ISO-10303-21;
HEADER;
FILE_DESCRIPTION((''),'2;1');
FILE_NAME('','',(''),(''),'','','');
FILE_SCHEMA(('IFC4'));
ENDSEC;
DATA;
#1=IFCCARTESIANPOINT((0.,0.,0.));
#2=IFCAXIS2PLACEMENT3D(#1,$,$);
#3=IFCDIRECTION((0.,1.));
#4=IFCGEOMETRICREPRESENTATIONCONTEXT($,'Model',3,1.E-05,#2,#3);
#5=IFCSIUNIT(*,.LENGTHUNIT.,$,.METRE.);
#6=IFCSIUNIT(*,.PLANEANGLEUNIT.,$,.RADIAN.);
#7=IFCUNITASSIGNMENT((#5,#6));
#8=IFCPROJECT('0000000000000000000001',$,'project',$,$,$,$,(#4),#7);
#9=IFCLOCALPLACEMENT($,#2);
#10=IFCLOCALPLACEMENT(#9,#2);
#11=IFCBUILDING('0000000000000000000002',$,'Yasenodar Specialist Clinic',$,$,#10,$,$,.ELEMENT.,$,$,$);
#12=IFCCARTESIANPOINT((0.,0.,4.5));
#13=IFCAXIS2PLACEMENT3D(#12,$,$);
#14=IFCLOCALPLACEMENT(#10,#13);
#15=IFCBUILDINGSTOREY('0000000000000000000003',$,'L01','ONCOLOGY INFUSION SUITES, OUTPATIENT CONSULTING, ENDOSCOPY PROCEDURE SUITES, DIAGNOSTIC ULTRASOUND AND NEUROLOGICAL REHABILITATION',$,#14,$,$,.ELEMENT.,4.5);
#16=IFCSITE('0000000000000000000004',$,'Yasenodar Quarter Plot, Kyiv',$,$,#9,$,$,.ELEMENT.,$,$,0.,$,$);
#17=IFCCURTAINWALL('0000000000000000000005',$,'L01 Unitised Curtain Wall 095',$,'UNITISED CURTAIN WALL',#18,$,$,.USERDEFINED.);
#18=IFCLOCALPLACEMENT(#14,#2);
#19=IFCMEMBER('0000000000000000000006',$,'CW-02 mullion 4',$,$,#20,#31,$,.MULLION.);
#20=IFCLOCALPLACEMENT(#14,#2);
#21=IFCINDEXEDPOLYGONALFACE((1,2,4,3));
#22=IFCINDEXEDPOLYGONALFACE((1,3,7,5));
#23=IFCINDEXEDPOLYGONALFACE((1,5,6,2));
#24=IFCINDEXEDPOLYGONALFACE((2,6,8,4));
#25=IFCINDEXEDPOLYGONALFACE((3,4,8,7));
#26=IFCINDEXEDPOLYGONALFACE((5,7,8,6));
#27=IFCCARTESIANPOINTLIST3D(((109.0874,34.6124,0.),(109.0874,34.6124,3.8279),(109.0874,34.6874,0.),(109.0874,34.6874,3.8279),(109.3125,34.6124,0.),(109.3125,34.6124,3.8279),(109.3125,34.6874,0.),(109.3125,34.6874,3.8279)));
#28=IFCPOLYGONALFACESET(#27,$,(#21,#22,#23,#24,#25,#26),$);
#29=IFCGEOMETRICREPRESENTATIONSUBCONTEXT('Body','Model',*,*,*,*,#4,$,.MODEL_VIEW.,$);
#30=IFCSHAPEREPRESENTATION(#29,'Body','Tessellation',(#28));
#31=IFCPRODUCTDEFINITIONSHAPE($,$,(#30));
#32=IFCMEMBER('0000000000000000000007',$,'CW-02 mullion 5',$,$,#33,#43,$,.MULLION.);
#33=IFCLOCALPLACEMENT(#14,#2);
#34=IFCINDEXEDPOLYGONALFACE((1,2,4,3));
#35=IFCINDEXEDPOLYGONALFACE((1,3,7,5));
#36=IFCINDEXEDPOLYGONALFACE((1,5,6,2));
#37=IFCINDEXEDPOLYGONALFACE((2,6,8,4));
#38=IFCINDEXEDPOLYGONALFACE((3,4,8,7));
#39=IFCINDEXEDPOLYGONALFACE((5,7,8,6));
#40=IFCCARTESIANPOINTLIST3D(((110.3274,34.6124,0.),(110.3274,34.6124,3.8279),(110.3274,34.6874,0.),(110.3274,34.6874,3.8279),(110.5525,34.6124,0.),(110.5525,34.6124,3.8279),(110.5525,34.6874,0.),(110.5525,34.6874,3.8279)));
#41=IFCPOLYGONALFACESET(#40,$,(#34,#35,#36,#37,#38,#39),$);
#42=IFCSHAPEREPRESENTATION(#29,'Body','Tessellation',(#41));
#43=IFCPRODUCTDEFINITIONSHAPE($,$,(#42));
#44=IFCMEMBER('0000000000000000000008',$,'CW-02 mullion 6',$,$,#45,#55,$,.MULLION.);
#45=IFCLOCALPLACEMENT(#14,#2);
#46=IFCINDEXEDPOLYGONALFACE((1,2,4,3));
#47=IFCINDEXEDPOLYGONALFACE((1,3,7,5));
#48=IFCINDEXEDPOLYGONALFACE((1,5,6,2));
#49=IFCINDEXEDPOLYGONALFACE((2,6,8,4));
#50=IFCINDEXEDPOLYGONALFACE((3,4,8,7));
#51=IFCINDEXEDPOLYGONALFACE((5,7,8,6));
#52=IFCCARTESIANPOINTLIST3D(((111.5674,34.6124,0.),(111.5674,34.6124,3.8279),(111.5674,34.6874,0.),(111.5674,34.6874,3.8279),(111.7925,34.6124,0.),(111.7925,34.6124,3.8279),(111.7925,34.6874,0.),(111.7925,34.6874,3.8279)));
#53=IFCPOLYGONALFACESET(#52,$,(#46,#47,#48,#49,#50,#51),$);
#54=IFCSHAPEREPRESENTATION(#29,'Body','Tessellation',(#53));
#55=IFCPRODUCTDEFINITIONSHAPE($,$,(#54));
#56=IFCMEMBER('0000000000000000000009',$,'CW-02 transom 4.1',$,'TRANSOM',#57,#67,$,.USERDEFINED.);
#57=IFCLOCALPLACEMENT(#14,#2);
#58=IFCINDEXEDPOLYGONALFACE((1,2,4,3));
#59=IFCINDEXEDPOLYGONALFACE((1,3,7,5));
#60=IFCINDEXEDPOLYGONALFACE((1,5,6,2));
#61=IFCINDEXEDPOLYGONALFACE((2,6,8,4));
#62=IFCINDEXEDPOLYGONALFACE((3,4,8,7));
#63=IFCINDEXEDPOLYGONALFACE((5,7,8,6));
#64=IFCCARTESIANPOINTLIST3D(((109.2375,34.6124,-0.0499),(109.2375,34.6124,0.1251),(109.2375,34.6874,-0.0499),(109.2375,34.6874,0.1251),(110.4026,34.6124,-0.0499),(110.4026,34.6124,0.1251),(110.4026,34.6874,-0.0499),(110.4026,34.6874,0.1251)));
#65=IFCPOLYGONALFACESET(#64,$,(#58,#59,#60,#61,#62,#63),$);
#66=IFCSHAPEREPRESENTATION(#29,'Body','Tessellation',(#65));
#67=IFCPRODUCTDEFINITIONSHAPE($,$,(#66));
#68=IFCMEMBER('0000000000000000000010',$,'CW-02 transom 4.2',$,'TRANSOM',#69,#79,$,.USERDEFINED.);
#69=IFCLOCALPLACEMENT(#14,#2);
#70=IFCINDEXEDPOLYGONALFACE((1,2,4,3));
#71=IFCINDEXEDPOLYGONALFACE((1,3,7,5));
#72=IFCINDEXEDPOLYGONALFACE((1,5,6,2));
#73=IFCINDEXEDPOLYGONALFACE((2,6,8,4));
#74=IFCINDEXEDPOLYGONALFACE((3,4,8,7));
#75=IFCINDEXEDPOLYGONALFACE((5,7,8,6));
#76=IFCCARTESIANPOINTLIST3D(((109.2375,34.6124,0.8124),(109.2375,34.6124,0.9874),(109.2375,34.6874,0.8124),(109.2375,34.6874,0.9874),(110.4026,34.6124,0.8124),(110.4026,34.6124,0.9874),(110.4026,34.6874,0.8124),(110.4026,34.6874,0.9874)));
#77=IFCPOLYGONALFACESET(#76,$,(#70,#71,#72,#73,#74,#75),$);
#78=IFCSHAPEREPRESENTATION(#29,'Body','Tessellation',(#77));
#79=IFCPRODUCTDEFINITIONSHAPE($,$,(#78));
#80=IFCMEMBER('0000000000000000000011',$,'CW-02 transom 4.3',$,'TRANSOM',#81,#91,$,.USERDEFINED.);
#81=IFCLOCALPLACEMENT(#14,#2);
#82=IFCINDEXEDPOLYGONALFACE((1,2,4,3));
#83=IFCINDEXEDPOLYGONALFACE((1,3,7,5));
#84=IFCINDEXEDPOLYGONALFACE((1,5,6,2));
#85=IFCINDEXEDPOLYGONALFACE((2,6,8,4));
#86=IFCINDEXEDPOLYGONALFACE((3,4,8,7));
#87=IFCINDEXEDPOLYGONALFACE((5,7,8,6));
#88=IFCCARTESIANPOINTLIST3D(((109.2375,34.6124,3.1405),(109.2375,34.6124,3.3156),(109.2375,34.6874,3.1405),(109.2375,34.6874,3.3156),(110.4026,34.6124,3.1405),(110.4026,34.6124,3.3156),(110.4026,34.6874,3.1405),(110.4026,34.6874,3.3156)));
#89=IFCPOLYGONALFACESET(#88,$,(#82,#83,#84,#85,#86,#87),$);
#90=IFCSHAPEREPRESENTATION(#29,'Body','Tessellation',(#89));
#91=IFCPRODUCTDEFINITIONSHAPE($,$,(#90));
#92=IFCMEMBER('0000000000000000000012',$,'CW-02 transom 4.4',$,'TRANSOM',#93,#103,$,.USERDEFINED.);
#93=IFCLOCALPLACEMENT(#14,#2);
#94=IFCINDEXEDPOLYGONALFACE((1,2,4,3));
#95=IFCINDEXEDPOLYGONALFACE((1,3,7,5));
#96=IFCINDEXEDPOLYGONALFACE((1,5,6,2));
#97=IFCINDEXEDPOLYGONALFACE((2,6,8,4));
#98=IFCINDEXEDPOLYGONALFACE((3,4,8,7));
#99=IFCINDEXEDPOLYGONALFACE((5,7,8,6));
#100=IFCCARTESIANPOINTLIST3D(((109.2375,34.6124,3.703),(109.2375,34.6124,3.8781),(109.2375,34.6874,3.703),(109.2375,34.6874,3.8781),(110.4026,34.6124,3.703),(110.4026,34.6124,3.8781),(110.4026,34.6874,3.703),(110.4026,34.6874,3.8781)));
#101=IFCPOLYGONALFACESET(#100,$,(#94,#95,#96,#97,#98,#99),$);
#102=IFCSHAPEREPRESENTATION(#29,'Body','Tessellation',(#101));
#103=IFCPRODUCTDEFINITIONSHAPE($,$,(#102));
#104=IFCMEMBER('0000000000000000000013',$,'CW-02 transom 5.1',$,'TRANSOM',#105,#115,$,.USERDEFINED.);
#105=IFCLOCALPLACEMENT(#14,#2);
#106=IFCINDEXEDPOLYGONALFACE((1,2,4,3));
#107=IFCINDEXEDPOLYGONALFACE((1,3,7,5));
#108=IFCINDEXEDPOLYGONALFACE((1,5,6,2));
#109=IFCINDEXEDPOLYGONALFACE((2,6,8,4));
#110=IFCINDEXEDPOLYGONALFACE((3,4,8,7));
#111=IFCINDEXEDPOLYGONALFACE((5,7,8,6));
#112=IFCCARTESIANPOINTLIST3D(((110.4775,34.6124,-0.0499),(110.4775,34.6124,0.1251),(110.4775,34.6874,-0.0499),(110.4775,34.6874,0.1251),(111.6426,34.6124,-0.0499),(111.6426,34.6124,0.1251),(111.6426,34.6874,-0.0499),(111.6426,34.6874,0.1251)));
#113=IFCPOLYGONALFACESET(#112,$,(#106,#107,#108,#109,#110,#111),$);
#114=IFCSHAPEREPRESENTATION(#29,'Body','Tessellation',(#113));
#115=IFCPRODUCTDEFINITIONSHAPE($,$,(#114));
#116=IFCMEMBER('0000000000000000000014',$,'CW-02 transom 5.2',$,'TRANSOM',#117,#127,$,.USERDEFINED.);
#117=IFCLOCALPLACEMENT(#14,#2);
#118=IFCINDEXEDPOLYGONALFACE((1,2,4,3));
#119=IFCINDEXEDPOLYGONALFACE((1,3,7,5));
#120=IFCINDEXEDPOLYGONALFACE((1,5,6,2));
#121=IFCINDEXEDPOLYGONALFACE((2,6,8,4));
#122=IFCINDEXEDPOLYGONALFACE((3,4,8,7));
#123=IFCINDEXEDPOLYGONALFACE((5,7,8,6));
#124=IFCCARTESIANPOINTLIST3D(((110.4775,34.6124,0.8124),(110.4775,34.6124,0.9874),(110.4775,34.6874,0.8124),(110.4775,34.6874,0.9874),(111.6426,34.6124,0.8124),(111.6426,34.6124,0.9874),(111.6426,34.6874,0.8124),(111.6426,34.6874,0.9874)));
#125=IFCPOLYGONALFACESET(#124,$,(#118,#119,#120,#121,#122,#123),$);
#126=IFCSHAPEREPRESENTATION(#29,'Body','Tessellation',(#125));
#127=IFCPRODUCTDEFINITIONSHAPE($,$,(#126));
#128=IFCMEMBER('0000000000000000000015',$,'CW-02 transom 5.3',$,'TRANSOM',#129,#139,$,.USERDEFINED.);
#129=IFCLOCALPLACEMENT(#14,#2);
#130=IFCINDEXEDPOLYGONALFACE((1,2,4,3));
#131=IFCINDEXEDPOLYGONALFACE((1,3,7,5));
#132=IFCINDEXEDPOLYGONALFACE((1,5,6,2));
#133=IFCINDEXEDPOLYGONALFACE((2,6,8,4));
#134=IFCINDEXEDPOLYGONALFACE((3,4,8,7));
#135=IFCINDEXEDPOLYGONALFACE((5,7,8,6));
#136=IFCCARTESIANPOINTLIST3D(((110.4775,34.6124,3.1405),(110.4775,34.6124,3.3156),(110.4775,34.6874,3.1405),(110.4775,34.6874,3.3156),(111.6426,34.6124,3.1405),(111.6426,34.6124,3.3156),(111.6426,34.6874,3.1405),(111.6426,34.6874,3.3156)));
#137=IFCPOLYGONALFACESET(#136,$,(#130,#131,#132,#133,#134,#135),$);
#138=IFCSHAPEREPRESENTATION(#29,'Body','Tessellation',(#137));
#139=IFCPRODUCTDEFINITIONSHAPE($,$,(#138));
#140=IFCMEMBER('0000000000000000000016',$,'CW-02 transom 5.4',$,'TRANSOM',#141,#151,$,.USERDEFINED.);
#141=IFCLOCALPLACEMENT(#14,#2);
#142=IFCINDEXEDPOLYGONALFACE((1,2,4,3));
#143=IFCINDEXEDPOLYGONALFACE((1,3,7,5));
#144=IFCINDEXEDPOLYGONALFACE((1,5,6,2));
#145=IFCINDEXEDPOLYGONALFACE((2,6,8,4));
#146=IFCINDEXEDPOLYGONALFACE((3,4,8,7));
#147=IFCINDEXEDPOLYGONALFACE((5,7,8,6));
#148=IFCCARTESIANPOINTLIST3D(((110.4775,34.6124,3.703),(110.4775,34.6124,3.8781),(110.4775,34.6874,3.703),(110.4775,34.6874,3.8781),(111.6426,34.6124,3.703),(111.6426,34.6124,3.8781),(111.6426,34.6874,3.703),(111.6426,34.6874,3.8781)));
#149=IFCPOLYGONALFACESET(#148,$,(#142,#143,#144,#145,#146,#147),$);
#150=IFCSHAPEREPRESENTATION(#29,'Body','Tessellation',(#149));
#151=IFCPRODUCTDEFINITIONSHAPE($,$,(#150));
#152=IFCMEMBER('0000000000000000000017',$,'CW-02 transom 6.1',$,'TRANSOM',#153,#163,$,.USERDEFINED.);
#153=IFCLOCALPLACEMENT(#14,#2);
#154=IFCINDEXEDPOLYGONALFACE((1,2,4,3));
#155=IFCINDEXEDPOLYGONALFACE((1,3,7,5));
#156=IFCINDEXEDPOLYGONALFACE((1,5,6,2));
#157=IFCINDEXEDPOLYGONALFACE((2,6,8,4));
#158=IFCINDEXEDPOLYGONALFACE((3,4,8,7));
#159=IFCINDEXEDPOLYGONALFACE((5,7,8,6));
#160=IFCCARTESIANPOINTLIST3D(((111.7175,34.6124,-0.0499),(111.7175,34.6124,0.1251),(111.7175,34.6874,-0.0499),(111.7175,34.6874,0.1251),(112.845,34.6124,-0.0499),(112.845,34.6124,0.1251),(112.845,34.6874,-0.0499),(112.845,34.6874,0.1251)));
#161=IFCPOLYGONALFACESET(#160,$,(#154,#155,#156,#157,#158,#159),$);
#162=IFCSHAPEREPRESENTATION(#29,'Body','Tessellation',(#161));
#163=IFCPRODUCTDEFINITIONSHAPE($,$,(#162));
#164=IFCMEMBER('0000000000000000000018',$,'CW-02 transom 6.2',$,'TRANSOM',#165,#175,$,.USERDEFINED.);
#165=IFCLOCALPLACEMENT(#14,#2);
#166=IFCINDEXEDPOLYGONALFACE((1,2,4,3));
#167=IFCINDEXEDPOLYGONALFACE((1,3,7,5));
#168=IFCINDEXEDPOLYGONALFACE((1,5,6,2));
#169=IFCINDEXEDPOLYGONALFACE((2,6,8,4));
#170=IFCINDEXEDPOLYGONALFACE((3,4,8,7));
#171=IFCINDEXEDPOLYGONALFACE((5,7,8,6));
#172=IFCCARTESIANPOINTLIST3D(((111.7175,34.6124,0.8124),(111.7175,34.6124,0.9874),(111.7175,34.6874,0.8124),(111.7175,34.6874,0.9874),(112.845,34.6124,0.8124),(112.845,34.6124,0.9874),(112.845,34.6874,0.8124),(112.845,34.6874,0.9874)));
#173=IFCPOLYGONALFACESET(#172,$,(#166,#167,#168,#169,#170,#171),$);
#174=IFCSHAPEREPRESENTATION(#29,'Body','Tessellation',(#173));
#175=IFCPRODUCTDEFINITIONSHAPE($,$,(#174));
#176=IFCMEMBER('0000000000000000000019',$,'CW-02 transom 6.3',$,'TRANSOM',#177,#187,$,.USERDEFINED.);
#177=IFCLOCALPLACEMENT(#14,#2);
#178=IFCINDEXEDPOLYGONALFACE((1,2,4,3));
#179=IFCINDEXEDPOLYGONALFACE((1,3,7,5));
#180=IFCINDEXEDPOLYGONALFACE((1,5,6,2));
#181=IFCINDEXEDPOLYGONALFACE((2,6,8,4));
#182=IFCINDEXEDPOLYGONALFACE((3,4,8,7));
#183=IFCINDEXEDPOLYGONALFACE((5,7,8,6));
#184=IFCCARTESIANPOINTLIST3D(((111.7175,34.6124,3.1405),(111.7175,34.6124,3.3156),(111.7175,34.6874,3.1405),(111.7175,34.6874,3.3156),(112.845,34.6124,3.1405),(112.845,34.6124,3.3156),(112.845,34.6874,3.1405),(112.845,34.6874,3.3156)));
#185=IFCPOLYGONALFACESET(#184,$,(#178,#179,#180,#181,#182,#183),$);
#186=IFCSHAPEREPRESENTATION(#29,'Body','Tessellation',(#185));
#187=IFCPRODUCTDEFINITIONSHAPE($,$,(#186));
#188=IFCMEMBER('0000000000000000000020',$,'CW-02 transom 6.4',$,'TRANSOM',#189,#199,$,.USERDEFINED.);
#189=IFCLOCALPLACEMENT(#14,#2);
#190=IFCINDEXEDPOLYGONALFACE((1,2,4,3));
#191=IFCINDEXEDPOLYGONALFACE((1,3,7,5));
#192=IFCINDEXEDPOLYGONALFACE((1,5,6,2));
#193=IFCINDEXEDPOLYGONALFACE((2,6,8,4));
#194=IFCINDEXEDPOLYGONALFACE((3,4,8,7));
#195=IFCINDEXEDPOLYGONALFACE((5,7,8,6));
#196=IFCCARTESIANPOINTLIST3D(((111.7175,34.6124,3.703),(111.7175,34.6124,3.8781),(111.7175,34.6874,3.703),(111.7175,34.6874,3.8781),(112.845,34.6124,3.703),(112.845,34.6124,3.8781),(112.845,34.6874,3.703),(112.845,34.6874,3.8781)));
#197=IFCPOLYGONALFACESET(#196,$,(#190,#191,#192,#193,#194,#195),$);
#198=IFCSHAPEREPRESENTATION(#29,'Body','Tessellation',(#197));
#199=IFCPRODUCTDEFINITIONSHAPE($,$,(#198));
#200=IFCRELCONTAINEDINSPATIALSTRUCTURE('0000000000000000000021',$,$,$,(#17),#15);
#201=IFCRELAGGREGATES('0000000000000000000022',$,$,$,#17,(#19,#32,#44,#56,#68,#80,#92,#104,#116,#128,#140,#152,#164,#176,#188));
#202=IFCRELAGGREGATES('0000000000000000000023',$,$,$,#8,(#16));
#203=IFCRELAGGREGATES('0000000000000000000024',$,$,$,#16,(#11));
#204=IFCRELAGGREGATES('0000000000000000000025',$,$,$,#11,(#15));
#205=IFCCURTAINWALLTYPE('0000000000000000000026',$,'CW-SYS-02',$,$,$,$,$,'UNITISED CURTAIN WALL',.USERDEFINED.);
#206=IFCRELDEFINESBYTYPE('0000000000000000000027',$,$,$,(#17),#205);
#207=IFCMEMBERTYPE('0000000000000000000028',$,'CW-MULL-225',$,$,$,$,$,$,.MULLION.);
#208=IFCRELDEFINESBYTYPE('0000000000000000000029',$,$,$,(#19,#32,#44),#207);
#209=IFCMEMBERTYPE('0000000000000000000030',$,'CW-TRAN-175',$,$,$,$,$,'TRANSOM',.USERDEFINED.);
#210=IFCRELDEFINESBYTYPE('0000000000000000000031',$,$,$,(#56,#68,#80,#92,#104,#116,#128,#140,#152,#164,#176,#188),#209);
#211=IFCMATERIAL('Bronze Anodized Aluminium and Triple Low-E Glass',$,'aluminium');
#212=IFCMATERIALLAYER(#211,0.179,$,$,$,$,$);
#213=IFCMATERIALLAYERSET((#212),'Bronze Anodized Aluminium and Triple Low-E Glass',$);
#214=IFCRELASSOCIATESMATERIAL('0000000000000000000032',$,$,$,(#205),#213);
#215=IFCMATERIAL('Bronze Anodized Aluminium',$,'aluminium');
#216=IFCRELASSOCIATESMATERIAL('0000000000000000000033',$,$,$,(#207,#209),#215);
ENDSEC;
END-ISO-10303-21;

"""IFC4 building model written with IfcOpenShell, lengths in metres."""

from ifc_helpers import new_model, si_unit, direction, frame, origin, origin_2d, place, context, subcontext, project, spatial, rectangle, extrude, material, layer, layer_set, material_profile, profile_set, type_object, element, aggregate, save


model = new_model("IFC4")

# Units and contexts
model_context = context("Model", 3, precision=1e-05, world=origin(), true_north=direction((0.0, 1.0)))
body_context = subcontext(model_context, "Body", "Model", "MODEL_VIEW")
ifc_project = project(units=[si_unit("LENGTHUNIT", "METRE"), si_unit("PLANEANGLEUNIT", "RADIAN")], contexts=[model_context])

# Site, building, storey
site_placement = place(None, origin())
site = spatial("IfcSite", under=ifc_project, at=site_placement, Name="Yasenodar Quarter Plot, Kyiv", CompositionType="ELEMENT", RefElevation=0.0)
building_placement = place(site_placement, origin())
building = spatial("IfcBuilding", under=site, at=building_placement, Name="Yasenodar Specialist Clinic", CompositionType="ELEMENT")
storey_placement = place(building_placement, frame((0.0, 0.0, 4.5)))
storey = spatial("IfcBuildingStorey", under=building, at=storey_placement, Name="L01", Description="ONCOLOGY INFUSION SUITES, OUTPATIENT CONSULTING, ENDOSCOPY PROCEDURE SUITES, DIAGNOSTIC ULTRASOUND AND NEUROLOGICAL REHABILITATION", CompositionType="ELEMENT", Elevation=4.5)

# Curtain wall, members
ifc_material_1 = material(Name="Bronze Anodized Aluminium and Triple Low-E Glass", Category="aluminium")
ifc_layer_1 = layer(ifc_material_1, 0.179)
ifc_layer_set_1 = layer_set([ifc_layer_1], Name="Bronze Anodized Aluminium and Triple Low-E Glass")
curtain_wall_type = type_object("IfcCurtainWallType", Name="CW-SYS-02", ElementType="UNITISED CURTAIN WALL", PredefinedType="USERDEFINED", material=ifc_layer_set_1)
curtain_wall_placement = place(storey_placement, origin())
curtain_wall = element("IfcCurtainWall", 1, at=curtain_wall_placement, inside=storey, type_object=curtain_wall_type, Name="L01 Unitised Curtain Wall 095", ObjectType="UNITISED CURTAIN WALL", PredefinedType="USERDEFINED")
ifc_material_2 = material(Name="Bronze Anodized Aluminium", Category="aluminium")
ifc_material_profile_1 = material_profile(ifc_material_2, rectangle(XDim=0.075, YDim=0.2251, at=origin_2d()), Name="CW-MULL 75x225")
ifc_profile_set_1 = profile_set([ifc_material_profile_1], Name="Bronze Anodized Aluminium")
member_type_1 = type_object("IfcMemberType", Name="CW-MULL-225", PredefinedType="MULLION", material=ifc_profile_set_1)
member_1_placement = place(storey_placement, frame((109.2, 34.6499, 0.0), z_axis=(0.0, 0.0, 1.0), x_axis=(0.0, 1.0, 0.0)))
member_1 = element("IfcMember", 2, at=member_1_placement, type_object=member_type_1, Name="CW-02 mullion 4", PredefinedType="MULLION", context=body_context, shape_type="SweptSolid", body=[
    extrude(rectangle(XDim=0.075, YDim=0.2251, at=origin_2d()), origin(), (0.0, 0.0, 1.0), 3.8279),
])
member_2_placement = place(storey_placement, frame((110.4399, 34.6499, 0.0), z_axis=(0.0, 0.0, 1.0), x_axis=(0.0, 1.0, 0.0)))
member_2 = element("IfcMember", 3, at=member_2_placement, type_object=member_type_1, Name="CW-02 mullion 5", PredefinedType="MULLION", context=body_context, shape_type="SweptSolid", body=[
    extrude(rectangle(XDim=0.075, YDim=0.2251, at=origin_2d()), origin(), (0.0, 0.0, 1.0), 3.8279),
])
member_3_placement = place(storey_placement, frame((111.6799, 34.6499, 0.0), z_axis=(0.0, 0.0, 1.0), x_axis=(0.0, 1.0, 0.0)))
member_3 = element("IfcMember", 4, at=member_3_placement, type_object=member_type_1, Name="CW-02 mullion 6", PredefinedType="MULLION", context=body_context, shape_type="SweptSolid", body=[
    extrude(rectangle(XDim=0.075, YDim=0.2251, at=origin_2d()), origin(), (0.0, 0.0, 1.0), 3.8279),
])
ifc_material_profile_2 = material_profile(ifc_material_2, rectangle(XDim=0.075, YDim=0.175, at=origin_2d()), Name="CW-TRAN 75x175")
ifc_profile_set_2 = profile_set([ifc_material_profile_2], Name="Bronze Anodized Aluminium")
member_type_2 = type_object("IfcMemberType", Name="CW-TRAN-175", ElementType="TRANSOM", PredefinedType="USERDEFINED", material=ifc_profile_set_2)
member_4_placement = place(storey_placement, frame((109.2375, 34.6499, 0.0376), z_axis=(1.0, 0.0, 0.0), x_axis=(0.0, 1.0, 0.0)))
member_4 = element("IfcMember", 5, at=member_4_placement, type_object=member_type_2, Name="CW-02 transom 4.1", ObjectType="TRANSOM", PredefinedType="USERDEFINED", context=body_context, shape_type="SweptSolid", body=[
    extrude(rectangle(XDim=0.075, YDim=0.175, at=origin_2d()), origin(), (0.0, 0.0, 1.0), 1.165),
])
member_5_placement = place(storey_placement, frame((109.2375, 34.6499, 0.8999), z_axis=(1.0, 0.0, 0.0), x_axis=(0.0, 1.0, 0.0)))
member_5 = element("IfcMember", 6, at=member_5_placement, type_object=member_type_2, Name="CW-02 transom 4.2", ObjectType="TRANSOM", PredefinedType="USERDEFINED", context=body_context, shape_type="SweptSolid", body=[
    extrude(rectangle(XDim=0.075, YDim=0.175, at=origin_2d()), origin(), (0.0, 0.0, 1.0), 1.165),
])
member_6_placement = place(storey_placement, frame((109.2375, 34.6499, 3.228), z_axis=(1.0, 0.0, 0.0), x_axis=(0.0, 1.0, 0.0)))
member_6 = element("IfcMember", 7, at=member_6_placement, type_object=member_type_2, Name="CW-02 transom 4.3", ObjectType="TRANSOM", PredefinedType="USERDEFINED", context=body_context, shape_type="SweptSolid", body=[
    extrude(rectangle(XDim=0.075, YDim=0.175, at=origin_2d()), origin(), (0.0, 0.0, 1.0), 1.165),
])
member_7_placement = place(storey_placement, frame((109.2375, 34.6499, 3.7905), z_axis=(1.0, 0.0, 0.0), x_axis=(0.0, 1.0, 0.0)))
member_7 = element("IfcMember", 8, at=member_7_placement, type_object=member_type_2, Name="CW-02 transom 4.4", ObjectType="TRANSOM", PredefinedType="USERDEFINED", context=body_context, shape_type="SweptSolid", body=[
    extrude(rectangle(XDim=0.075, YDim=0.175, at=origin_2d()), origin(), (0.0, 0.0, 1.0), 1.165),
])
member_8_placement = place(storey_placement, frame((110.4775, 34.6499, 0.0376), z_axis=(1.0, 0.0, 0.0), x_axis=(0.0, 1.0, 0.0)))
member_8 = element("IfcMember", 9, at=member_8_placement, type_object=member_type_2, Name="CW-02 transom 5.1", ObjectType="TRANSOM", PredefinedType="USERDEFINED", context=body_context, shape_type="SweptSolid", body=[
    extrude(rectangle(XDim=0.075, YDim=0.175, at=origin_2d()), origin(), (0.0, 0.0, 1.0), 1.165),
])
member_9_placement = place(storey_placement, frame((110.4775, 34.6499, 0.8999), z_axis=(1.0, 0.0, 0.0), x_axis=(0.0, 1.0, 0.0)))
member_9 = element("IfcMember", 10, at=member_9_placement, type_object=member_type_2, Name="CW-02 transom 5.2", ObjectType="TRANSOM", PredefinedType="USERDEFINED", context=body_context, shape_type="SweptSolid", body=[
    extrude(rectangle(XDim=0.075, YDim=0.175, at=origin_2d()), origin(), (0.0, 0.0, 1.0), 1.165),
])
member_10_placement = place(storey_placement, frame((110.4775, 34.6499, 3.228), z_axis=(1.0, 0.0, 0.0), x_axis=(0.0, 1.0, 0.0)))
member_10 = element("IfcMember", 11, at=member_10_placement, type_object=member_type_2, Name="CW-02 transom 5.3", ObjectType="TRANSOM", PredefinedType="USERDEFINED", context=body_context, shape_type="SweptSolid", body=[
    extrude(rectangle(XDim=0.075, YDim=0.175, at=origin_2d()), origin(), (0.0, 0.0, 1.0), 1.165),
])
member_11_placement = place(storey_placement, frame((110.4775, 34.6499, 3.7905), z_axis=(1.0, 0.0, 0.0), x_axis=(0.0, 1.0, 0.0)))
member_11 = element("IfcMember", 12, at=member_11_placement, type_object=member_type_2, Name="CW-02 transom 5.4", ObjectType="TRANSOM", PredefinedType="USERDEFINED", context=body_context, shape_type="SweptSolid", body=[
    extrude(rectangle(XDim=0.075, YDim=0.175, at=origin_2d()), origin(), (0.0, 0.0, 1.0), 1.165),
])
member_12_placement = place(storey_placement, frame((111.7175, 34.6499, 0.0376), z_axis=(1.0, 0.0, 0.0), x_axis=(0.0, 1.0, 0.0)))
member_12 = element("IfcMember", 13, at=member_12_placement, type_object=member_type_2, Name="CW-02 transom 6.1", ObjectType="TRANSOM", PredefinedType="USERDEFINED", context=body_context, shape_type="SweptSolid", body=[
    extrude(rectangle(XDim=0.075, YDim=0.175, at=origin_2d()), origin(), (0.0, 0.0, 1.0), 1.1274),
])
member_13_placement = place(storey_placement, frame((111.7175, 34.6499, 0.8999), z_axis=(1.0, 0.0, 0.0), x_axis=(0.0, 1.0, 0.0)))
member_13 = element("IfcMember", 14, at=member_13_placement, type_object=member_type_2, Name="CW-02 transom 6.2", ObjectType="TRANSOM", PredefinedType="USERDEFINED", context=body_context, shape_type="SweptSolid", body=[
    extrude(rectangle(XDim=0.075, YDim=0.175, at=origin_2d()), origin(), (0.0, 0.0, 1.0), 1.1274),
])
member_14_placement = place(storey_placement, frame((111.7175, 34.6499, 3.228), z_axis=(1.0, 0.0, 0.0), x_axis=(0.0, 1.0, 0.0)))
member_14 = element("IfcMember", 15, at=member_14_placement, type_object=member_type_2, Name="CW-02 transom 6.3", ObjectType="TRANSOM", PredefinedType="USERDEFINED", context=body_context, shape_type="SweptSolid", body=[
    extrude(rectangle(XDim=0.075, YDim=0.175, at=origin_2d()), origin(), (0.0, 0.0, 1.0), 1.1274),
])
member_15_placement = place(storey_placement, frame((111.7175, 34.6499, 3.7905), z_axis=(1.0, 0.0, 0.0), x_axis=(0.0, 1.0, 0.0)))
member_15 = element("IfcMember", 16, at=member_15_placement, type_object=member_type_2, Name="CW-02 transom 6.4", ObjectType="TRANSOM", PredefinedType="USERDEFINED", context=body_context, shape_type="SweptSolid", body=[
    extrude(rectangle(XDim=0.075, YDim=0.175, at=origin_2d()), origin(), (0.0, 0.0, 1.0), 1.1274),
])
aggregate(curtain_wall, [member_1, member_2, member_3, member_4, member_5, member_6, member_7, member_8, member_9, member_10, member_11, member_12, member_13, member_14, member_15])

save(model, "model.ifc")
